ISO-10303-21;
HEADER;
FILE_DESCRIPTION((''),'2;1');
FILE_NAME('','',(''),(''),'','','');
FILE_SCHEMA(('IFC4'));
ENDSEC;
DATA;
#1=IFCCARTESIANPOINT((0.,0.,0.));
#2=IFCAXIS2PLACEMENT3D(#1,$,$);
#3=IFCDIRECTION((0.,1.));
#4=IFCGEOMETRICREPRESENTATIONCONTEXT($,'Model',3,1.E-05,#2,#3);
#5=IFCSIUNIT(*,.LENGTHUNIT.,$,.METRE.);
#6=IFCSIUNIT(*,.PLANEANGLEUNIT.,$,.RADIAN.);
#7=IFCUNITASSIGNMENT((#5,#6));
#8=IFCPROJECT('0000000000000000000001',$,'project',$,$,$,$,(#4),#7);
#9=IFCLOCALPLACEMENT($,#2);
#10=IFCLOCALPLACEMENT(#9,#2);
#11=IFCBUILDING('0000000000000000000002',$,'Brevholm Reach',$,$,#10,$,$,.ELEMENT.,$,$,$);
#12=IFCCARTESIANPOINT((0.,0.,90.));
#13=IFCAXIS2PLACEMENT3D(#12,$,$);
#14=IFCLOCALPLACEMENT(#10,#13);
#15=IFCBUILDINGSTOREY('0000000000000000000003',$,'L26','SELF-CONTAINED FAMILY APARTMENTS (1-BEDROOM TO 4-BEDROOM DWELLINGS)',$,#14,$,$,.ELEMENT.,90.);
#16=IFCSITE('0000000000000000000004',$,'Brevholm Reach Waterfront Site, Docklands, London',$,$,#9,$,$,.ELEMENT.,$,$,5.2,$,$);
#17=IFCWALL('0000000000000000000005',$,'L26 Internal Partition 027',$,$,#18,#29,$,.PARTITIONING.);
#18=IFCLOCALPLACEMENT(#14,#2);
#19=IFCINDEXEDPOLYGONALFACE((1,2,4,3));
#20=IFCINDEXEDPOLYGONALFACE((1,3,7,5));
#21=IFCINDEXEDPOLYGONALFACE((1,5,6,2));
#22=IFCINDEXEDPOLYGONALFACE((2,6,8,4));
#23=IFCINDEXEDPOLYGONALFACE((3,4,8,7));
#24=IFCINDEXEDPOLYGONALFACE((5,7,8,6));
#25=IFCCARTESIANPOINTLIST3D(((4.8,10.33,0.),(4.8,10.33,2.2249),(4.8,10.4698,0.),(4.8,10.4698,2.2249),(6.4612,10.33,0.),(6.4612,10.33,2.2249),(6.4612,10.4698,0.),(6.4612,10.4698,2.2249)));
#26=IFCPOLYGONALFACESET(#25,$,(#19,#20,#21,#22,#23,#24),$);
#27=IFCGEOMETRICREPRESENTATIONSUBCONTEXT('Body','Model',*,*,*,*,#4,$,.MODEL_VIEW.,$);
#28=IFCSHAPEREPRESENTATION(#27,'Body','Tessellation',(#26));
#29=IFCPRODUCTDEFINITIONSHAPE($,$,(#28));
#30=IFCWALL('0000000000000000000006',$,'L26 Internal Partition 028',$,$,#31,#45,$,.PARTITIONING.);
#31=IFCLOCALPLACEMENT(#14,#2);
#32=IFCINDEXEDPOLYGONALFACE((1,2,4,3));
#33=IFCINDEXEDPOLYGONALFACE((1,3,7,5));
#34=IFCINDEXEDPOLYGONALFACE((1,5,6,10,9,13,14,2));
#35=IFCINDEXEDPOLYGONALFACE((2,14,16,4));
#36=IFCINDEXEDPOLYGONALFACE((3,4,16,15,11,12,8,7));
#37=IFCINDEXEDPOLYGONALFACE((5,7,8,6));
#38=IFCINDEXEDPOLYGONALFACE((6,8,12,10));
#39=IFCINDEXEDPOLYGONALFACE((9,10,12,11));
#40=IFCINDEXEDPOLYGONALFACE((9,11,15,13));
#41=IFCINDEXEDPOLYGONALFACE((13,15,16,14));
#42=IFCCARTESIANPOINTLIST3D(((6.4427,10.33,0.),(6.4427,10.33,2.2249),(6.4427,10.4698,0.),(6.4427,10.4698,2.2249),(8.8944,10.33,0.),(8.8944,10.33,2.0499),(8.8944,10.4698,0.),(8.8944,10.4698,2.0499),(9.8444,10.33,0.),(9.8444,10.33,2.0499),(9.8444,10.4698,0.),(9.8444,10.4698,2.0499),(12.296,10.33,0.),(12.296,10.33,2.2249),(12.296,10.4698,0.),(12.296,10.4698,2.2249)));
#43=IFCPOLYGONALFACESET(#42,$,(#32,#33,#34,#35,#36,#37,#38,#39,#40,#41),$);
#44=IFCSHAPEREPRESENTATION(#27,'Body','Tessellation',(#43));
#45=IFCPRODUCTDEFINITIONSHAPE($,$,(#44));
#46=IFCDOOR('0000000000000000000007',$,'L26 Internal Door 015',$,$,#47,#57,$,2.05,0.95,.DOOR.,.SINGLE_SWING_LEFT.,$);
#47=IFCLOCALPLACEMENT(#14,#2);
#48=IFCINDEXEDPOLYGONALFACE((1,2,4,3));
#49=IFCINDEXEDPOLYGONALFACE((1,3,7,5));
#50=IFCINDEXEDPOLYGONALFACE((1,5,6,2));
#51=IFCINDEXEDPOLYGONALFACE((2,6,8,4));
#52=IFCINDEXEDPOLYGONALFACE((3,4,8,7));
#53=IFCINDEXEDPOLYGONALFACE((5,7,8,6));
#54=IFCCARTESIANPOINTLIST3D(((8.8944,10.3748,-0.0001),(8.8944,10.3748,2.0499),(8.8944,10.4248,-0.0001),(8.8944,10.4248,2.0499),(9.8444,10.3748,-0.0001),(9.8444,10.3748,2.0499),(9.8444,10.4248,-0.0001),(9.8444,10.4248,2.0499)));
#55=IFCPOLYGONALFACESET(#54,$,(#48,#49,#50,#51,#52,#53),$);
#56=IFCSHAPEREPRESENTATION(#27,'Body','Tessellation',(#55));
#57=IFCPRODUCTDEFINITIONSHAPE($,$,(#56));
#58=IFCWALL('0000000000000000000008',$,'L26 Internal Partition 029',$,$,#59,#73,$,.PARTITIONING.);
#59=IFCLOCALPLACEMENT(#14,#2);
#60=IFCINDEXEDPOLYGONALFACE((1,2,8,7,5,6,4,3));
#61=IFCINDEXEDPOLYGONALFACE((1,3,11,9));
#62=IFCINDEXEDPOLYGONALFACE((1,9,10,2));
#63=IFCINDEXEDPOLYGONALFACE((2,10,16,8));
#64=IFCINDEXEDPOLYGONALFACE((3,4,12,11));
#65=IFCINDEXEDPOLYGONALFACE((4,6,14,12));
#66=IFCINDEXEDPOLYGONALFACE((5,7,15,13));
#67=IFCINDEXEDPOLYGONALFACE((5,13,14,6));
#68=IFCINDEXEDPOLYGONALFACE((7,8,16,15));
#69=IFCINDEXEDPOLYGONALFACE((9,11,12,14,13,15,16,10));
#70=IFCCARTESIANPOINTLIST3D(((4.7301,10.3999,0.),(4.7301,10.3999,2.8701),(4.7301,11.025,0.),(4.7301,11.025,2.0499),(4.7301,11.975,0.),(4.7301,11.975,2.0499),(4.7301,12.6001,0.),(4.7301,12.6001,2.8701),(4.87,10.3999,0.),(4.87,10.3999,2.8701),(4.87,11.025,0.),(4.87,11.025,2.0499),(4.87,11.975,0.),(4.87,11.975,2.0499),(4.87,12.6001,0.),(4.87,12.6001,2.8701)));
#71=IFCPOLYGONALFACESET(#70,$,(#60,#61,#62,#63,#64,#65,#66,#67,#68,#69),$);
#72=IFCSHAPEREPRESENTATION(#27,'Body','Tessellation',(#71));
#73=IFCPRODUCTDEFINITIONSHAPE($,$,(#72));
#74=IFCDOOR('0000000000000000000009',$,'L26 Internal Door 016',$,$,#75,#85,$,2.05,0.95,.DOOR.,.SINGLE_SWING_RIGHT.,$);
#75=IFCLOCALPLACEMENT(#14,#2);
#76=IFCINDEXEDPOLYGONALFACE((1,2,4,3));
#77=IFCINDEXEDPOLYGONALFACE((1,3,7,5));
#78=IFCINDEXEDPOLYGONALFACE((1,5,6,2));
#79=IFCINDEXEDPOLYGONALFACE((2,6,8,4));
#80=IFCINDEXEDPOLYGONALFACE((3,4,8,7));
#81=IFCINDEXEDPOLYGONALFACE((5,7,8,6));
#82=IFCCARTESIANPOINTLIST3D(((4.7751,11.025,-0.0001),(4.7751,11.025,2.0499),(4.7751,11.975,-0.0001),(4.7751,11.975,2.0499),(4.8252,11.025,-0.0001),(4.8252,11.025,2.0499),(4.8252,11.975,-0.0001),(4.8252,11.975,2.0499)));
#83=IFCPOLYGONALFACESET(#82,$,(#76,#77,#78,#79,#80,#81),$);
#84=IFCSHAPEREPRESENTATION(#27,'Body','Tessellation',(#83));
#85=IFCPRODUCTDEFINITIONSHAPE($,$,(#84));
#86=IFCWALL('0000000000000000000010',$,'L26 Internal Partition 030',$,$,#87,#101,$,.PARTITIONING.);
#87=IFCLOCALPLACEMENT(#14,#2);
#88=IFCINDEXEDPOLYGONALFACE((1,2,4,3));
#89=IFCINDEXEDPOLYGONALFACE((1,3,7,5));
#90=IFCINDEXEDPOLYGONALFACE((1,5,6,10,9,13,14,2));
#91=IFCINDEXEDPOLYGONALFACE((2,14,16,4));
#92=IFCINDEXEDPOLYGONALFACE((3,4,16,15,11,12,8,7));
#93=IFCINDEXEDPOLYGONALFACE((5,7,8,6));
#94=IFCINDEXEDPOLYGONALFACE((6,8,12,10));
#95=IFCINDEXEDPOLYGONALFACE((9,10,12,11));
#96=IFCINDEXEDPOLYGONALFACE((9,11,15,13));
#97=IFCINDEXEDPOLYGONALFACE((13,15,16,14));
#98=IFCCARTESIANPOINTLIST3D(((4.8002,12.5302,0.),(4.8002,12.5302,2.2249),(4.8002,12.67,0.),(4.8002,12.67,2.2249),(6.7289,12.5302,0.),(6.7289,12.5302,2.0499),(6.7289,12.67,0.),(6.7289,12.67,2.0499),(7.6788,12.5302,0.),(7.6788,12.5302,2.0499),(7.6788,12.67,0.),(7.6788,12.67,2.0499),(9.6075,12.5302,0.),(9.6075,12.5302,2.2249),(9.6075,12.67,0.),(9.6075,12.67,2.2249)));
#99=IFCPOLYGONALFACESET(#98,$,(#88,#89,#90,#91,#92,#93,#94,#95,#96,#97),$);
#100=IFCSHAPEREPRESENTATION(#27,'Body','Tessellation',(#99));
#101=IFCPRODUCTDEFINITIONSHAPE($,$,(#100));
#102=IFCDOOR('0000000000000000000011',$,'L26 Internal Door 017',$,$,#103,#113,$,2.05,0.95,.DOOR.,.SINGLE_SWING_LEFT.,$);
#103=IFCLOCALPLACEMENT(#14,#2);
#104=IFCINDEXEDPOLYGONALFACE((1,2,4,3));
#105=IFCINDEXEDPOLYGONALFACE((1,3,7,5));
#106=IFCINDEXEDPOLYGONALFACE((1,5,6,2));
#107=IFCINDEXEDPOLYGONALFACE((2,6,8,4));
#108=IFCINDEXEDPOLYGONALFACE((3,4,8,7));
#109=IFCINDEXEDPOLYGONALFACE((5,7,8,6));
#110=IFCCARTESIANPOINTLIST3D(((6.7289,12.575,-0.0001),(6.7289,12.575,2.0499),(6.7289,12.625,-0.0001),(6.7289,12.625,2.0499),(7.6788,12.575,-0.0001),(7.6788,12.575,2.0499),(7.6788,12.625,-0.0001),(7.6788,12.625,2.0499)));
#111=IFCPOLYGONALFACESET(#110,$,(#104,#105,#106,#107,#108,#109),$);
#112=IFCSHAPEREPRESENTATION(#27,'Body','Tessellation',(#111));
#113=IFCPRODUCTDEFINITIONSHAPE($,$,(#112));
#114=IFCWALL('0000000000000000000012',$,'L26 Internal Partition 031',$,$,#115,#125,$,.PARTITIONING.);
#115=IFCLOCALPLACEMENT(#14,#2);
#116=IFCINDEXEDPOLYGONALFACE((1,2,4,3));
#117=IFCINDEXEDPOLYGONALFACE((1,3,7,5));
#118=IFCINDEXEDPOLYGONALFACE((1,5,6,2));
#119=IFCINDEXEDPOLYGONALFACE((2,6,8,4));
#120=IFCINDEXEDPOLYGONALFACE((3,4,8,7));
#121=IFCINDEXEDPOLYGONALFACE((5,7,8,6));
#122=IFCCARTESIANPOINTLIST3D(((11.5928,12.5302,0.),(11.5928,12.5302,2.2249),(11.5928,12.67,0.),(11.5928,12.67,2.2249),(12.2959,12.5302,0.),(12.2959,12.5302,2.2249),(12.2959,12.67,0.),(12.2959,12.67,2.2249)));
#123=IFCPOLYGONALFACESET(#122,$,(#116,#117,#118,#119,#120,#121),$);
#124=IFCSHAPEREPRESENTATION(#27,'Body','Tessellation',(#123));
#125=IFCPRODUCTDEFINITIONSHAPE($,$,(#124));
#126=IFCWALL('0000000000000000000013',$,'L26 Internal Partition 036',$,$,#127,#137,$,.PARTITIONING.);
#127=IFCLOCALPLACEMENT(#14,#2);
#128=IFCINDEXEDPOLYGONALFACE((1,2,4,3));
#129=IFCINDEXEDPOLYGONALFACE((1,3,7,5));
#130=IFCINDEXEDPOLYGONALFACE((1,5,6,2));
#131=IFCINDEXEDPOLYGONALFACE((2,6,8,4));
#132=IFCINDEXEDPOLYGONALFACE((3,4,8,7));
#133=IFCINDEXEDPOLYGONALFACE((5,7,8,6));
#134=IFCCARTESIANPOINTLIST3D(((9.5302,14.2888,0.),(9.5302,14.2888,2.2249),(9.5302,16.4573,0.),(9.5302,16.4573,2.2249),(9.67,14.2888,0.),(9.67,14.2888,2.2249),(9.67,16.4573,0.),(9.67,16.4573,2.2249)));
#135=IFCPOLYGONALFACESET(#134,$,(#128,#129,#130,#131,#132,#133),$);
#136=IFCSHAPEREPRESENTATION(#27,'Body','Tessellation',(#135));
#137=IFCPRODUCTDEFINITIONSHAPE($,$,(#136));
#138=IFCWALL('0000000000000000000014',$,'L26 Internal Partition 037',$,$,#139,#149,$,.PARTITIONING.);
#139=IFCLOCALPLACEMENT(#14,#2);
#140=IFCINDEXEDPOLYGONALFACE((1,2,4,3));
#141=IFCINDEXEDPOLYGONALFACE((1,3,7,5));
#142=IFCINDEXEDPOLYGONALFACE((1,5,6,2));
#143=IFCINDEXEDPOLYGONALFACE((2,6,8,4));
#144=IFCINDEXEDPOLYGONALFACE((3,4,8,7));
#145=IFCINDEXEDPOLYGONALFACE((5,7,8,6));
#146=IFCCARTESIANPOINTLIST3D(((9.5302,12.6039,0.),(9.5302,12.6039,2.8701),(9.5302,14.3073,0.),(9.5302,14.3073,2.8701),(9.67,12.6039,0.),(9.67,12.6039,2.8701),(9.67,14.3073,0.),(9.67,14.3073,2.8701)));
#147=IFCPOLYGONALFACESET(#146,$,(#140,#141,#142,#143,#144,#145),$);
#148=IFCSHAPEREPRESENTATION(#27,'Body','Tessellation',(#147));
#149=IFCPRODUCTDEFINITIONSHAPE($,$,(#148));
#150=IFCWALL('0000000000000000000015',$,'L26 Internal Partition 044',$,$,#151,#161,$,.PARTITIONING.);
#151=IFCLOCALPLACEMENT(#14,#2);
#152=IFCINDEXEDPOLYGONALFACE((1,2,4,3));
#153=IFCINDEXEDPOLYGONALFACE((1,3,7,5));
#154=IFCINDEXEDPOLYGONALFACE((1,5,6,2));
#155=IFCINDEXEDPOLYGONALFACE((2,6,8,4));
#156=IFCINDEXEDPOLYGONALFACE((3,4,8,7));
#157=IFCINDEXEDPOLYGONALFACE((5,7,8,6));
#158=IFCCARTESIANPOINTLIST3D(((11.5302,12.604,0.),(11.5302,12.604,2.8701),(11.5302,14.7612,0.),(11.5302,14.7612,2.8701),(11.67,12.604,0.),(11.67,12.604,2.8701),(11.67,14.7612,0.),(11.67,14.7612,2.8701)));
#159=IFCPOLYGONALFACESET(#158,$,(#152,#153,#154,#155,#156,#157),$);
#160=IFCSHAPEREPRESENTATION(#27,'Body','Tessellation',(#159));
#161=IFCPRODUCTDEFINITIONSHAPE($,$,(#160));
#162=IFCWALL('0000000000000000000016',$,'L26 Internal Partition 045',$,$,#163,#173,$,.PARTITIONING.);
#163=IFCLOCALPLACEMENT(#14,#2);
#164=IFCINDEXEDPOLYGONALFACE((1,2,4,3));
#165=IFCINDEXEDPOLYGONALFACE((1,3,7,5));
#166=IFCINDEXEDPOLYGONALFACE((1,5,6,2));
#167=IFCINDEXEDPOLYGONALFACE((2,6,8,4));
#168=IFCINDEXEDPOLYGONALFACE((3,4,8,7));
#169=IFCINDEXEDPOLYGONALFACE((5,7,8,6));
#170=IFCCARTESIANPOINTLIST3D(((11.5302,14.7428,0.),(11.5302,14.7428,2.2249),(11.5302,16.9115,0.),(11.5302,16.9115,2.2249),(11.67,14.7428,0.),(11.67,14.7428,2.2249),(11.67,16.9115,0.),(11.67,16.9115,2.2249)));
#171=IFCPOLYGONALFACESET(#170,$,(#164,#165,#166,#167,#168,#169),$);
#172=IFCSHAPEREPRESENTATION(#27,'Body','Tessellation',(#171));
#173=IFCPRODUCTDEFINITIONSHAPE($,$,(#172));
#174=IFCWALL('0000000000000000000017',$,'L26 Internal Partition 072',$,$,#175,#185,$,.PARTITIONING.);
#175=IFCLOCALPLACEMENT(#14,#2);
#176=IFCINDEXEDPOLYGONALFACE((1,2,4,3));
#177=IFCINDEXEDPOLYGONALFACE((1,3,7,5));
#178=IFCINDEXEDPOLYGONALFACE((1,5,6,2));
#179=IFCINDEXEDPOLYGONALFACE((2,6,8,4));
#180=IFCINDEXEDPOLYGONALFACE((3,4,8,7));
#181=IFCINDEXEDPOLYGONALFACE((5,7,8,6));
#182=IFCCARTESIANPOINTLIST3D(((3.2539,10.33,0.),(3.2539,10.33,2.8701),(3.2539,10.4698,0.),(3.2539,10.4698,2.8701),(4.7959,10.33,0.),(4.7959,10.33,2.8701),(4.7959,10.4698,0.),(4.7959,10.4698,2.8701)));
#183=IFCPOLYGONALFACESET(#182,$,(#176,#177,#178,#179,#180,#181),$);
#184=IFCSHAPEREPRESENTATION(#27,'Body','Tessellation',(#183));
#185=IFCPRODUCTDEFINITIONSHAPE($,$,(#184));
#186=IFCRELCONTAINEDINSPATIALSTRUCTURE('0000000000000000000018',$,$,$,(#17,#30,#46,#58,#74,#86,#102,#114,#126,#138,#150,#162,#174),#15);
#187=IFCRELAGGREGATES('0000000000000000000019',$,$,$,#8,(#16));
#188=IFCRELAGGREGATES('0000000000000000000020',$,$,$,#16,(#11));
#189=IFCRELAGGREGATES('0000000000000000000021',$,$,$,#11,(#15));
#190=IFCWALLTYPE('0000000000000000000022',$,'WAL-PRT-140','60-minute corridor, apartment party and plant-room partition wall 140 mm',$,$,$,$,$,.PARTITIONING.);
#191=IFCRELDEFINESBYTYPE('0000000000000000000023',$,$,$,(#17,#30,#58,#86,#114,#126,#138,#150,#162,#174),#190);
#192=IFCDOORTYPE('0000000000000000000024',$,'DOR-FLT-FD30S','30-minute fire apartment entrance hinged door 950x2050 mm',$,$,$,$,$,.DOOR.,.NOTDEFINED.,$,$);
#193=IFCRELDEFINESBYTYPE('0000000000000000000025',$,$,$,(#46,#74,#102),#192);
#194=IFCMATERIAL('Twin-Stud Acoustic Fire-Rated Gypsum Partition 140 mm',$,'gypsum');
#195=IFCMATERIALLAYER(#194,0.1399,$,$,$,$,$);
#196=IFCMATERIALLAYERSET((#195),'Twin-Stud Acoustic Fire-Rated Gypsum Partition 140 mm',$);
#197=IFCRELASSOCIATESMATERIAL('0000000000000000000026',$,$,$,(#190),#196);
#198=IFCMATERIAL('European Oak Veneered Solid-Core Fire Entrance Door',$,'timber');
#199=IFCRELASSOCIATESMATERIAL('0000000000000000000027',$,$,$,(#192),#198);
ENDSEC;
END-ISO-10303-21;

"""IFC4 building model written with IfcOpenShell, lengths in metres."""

from ifc_helpers import new_model, si_unit, direction, frame, frame_2d, origin, place, context, subcontext, project, spatial, rectangle, extrude, material, layer, layer_set, type_object, element, fill, save


model = new_model("IFC4")

# Units and contexts
model_context = context("Model", 3, precision=1e-05, world=origin(), true_north=direction((0.0, 1.0)))
body_context = subcontext(model_context, "Body", "Model", "MODEL_VIEW")
ifc_project = project(units=[si_unit("LENGTHUNIT", "METRE"), si_unit("PLANEANGLEUNIT", "RADIAN")], contexts=[model_context])

# Site, building, storey
site_placement = place(None, origin())
site = spatial("IfcSite", under=ifc_project, at=site_placement, Name="Brevholm Reach Waterfront Site, Docklands, London", CompositionType="ELEMENT", RefElevation=5.2)
building_placement = place(site_placement, origin())
building = spatial("IfcBuilding", under=site, at=building_placement, Name="Brevholm Reach", CompositionType="ELEMENT")
storey_placement = place(building_placement, frame((0.0, 0.0, 90.0)))
storey = spatial("IfcBuildingStorey", under=building, at=storey_placement, Name="L26", Description="SELF-CONTAINED FAMILY APARTMENTS (1-BEDROOM TO 4-BEDROOM DWELLINGS)", CompositionType="ELEMENT", Elevation=90.0)

# Wall
ifc_material_1 = material(Name="Twin-Stud Acoustic Fire-Rated Gypsum Partition 140 mm", Category="gypsum")
ifc_layer_1 = layer(ifc_material_1, 0.1399)
ifc_layer_set_1 = layer_set([ifc_layer_1], Name="Twin-Stud Acoustic Fire-Rated Gypsum Partition 140 mm")
wall_type_1 = type_object("IfcWallType", Name="WAL-PRT-140", Description="60-minute corridor, apartment party and plant-room partition wall 140 mm", PredefinedType="PARTITIONING", material=ifc_layer_set_1)
wall_1_placement = place(storey_placement, frame((4.8, 10.3999, 0.0), z_axis=(0.0, 0.0, 1.0), x_axis=(1.0, 0.0, 0.0)))
element("IfcWall", 1, at=wall_1_placement, inside=storey, type_object=wall_type_1, Name="L26 Internal Partition 027", PredefinedType="PARTITIONING", context=body_context, shape_type="SweptSolid", body=[
    extrude(rectangle(XDim=1.6611, YDim=0.1399, at=frame_2d((0.8306, 0.0))), origin(), (0.0, 0.0, 1.0), 2.2249),
])

# Walls, openings, doors
wall_2_placement = place(storey_placement, frame((6.4426, 10.3999, 0.0), z_axis=(0.0, 0.0, 1.0), x_axis=(1.0, 0.0, 0.0)))
wall_2 = element("IfcWall", 2, at=wall_2_placement, inside=storey, type_object=wall_type_1, Name="L26 Internal Partition 028", PredefinedType="PARTITIONING", context=body_context, shape_type="SweptSolid", body=[
    extrude(rectangle(XDim=5.8533, YDim=0.1399, at=frame_2d((2.9268, 0.0))), origin(), (0.0, 0.0, 1.0), 2.2249),
])
opening_1_placement = place(wall_2_placement, frame((2.4517, 0.0, 0.0)))
opening_1 = element("IfcOpeningElement", 3, at=opening_1_placement, cuts=wall_2, PredefinedType="OPENING", context=body_context, shape_type="SweptSolid", body=[
    extrude(rectangle(XDim=0.95, YDim=2.05, at=frame_2d((0.4751, 1.0249))), frame((0.0, 0.0798, 0.0), z_axis=(0.0, -1.0, 0.0), x_axis=(1.0, 0.0, 0.0)), (0.0, 0.0, 1.0), 0.1599),
])
ifc_material_2 = material(Name="European Oak Veneered Solid-Core Fire Entrance Door", Category="timber")
door_type_1 = type_object("IfcDoorType", Name="DOR-FLT-FD30S", Description="30-minute fire apartment entrance hinged door 950x2050 mm", OperationType="NOTDEFINED", PredefinedType="DOOR", material=ifc_material_2)
door_1_placement = place(opening_1_placement, origin())
door_1 = element("IfcDoor", 4, at=door_1_placement, inside=storey, type_object=door_type_1, Name="L26 Internal Door 015", OperationType="SINGLE_SWING_LEFT", OverallHeight=2.05, OverallWidth=0.95, PredefinedType="DOOR", context=body_context, shape_type="SweptSolid", body=[
    extrude(rectangle(XDim=0.95, YDim=2.05, at=frame_2d((0.4751, 1.0249))), frame((0.0, 0.0249, 0.0), z_axis=(0.0, -1.0, 0.0), x_axis=(1.0, 0.0, 0.0)), (0.0, 0.0, 1.0), 0.05),
])
fill(opening_1, door_1)
wall_3_placement = place(storey_placement, frame((4.8, 10.3999, 0.0), z_axis=(0.0, 0.0, 1.0), x_axis=(0.0, 1.0, 0.0)))
wall_3 = element("IfcWall", 5, at=wall_3_placement, inside=storey, type_object=wall_type_1, Name="L26 Internal Partition 029", PredefinedType="PARTITIONING", context=body_context, shape_type="SweptSolid", body=[
    extrude(rectangle(XDim=2.2002, YDim=0.1399, at=frame_2d((1.1001, 0.0))), origin(), (0.0, 0.0, 1.0), 2.8701),
])
opening_2_placement = place(wall_3_placement, frame((0.625, 0.0, 0.0)))
opening_2 = element("IfcOpeningElement", 6, at=opening_2_placement, cuts=wall_3, PredefinedType="OPENING", context=body_context, shape_type="SweptSolid", body=[
    extrude(rectangle(XDim=0.95, YDim=2.05, at=frame_2d((0.4751, 1.0249))), frame((0.0, 0.0798, 0.0), z_axis=(0.0, -1.0, 0.0), x_axis=(1.0, 0.0, 0.0)), (0.0, 0.0, 1.0), 0.1599),
])
door_2_placement = place(opening_2_placement, origin())
door_2 = element("IfcDoor", 7, at=door_2_placement, inside=storey, type_object=door_type_1, Name="L26 Internal Door 016", OperationType="SINGLE_SWING_RIGHT", OverallHeight=2.05, OverallWidth=0.95, PredefinedType="DOOR", context=body_context, shape_type="SweptSolid", body=[
    extrude(rectangle(XDim=0.95, YDim=2.05, at=frame_2d((0.4751, 1.0249))), frame((0.0, 0.0249, 0.0), z_axis=(0.0, -1.0, 0.0), x_axis=(1.0, 0.0, 0.0)), (0.0, 0.0, 1.0), 0.05),
])
fill(opening_2, door_2)
wall_4_placement = place(storey_placement, frame((4.8, 12.6001, 0.0), z_axis=(0.0, 0.0, 1.0), x_axis=(1.0, 0.0, 0.0)))
wall_4 = element("IfcWall", 8, at=wall_4_placement, inside=storey, type_object=wall_type_1, Name="L26 Internal Partition 030", PredefinedType="PARTITIONING", context=body_context, shape_type="SweptSolid", body=[
    extrude(rectangle(XDim=4.8074, YDim=0.1399, at=frame_2d((2.4038, 0.0))), origin(), (0.0, 0.0, 1.0), 2.2249),
])
opening_3_placement = place(wall_4_placement, frame((1.9287, 0.0, 0.0)))
opening_3 = element("IfcOpeningElement", 9, at=opening_3_placement, cuts=wall_4, PredefinedType="OPENING", context=body_context, shape_type="SweptSolid", body=[
    extrude(rectangle(XDim=0.95, YDim=2.05, at=frame_2d((0.4751, 1.0249))), frame((0.0, 0.0798, 0.0), z_axis=(0.0, -1.0, 0.0), x_axis=(1.0, 0.0, 0.0)), (0.0, 0.0, 1.0), 0.1599),
])
door_3_placement = place(opening_3_placement, origin())
door_3 = element("IfcDoor", 10, at=door_3_placement, inside=storey, type_object=door_type_1, Name="L26 Internal Door 017", OperationType="SINGLE_SWING_LEFT", OverallHeight=2.05, OverallWidth=0.95, PredefinedType="DOOR", context=body_context, shape_type="SweptSolid", body=[
    extrude(rectangle(XDim=0.95, YDim=2.05, at=frame_2d((0.4751, 1.0249))), frame((0.0, 0.0249, 0.0), z_axis=(0.0, -1.0, 0.0), x_axis=(1.0, 0.0, 0.0)), (0.0, 0.0, 1.0), 0.05),
])
fill(opening_3, door_3)

# Walls
wall_5_placement = place(storey_placement, frame((11.5928, 12.6001, 0.0), z_axis=(0.0, 0.0, 1.0), x_axis=(1.0, 0.0, 0.0)))
element("IfcWall", 11, at=wall_5_placement, inside=storey, type_object=wall_type_1, Name="L26 Internal Partition 031", PredefinedType="PARTITIONING", context=body_context, shape_type="SweptSolid", body=[
    extrude(rectangle(XDim=0.7031, YDim=0.1399, at=frame_2d((0.3516, 0.0))), origin(), (0.0, 0.0, 1.0), 2.2249),
])
wall_6_placement = place(storey_placement, frame((9.6001, 14.2888, 0.0), z_axis=(0.0, 0.0, 1.0), x_axis=(0.0, 1.0, 0.0)))
element("IfcWall", 12, at=wall_6_placement, inside=storey, type_object=wall_type_1, Name="L26 Internal Partition 036", PredefinedType="PARTITIONING", context=body_context, shape_type="SweptSolid", body=[
    extrude(rectangle(XDim=2.1685, YDim=0.1399, at=frame_2d((1.0842, 0.0))), origin(), (0.0, 0.0, 1.0), 2.2249),
])
wall_7_placement = place(storey_placement, frame((9.6001, 12.604, 0.0), z_axis=(0.0, 0.0, 1.0), x_axis=(0.0, 1.0, 0.0)))
element("IfcWall", 13, at=wall_7_placement, inside=storey, type_object=wall_type_1, Name="L26 Internal Partition 037", PredefinedType="PARTITIONING", context=body_context, shape_type="SweptSolid", body=[
    extrude(rectangle(XDim=1.7034, YDim=0.1399, at=frame_2d((0.8516, 0.0))), origin(), (0.0, 0.0, 1.0), 2.8701),
])
wall_8_placement = place(storey_placement, frame((11.6001, 12.604, 0.0), z_axis=(0.0, 0.0, 1.0), x_axis=(0.0, 1.0, 0.0)))
element("IfcWall", 14, at=wall_8_placement, inside=storey, type_object=wall_type_1, Name="L26 Internal Partition 044", PredefinedType="PARTITIONING", context=body_context, shape_type="SweptSolid", body=[
    extrude(rectangle(XDim=2.1572, YDim=0.1399, at=frame_2d((1.0786, 0.0))), origin(), (0.0, 0.0, 1.0), 2.8701),
])
wall_9_placement = place(storey_placement, frame((11.6001, 14.7427, 0.0), z_axis=(0.0, 0.0, 1.0), x_axis=(0.0, 1.0, 0.0)))
element("IfcWall", 15, at=wall_9_placement, inside=storey, type_object=wall_type_1, Name="L26 Internal Partition 045", PredefinedType="PARTITIONING", context=body_context, shape_type="SweptSolid", body=[
    extrude(rectangle(XDim=2.1687, YDim=0.1399, at=frame_2d((1.0845, 0.0))), origin(), (0.0, 0.0, 1.0), 2.2249),
])
wall_10_placement = place(storey_placement, frame((3.2539, 10.3999, 0.0), z_axis=(0.0, 0.0, 1.0), x_axis=(1.0, 0.0, 0.0)))
element("IfcWall", 16, at=wall_10_placement, inside=storey, type_object=wall_type_1, Name="L26 Internal Partition 072", PredefinedType="PARTITIONING", context=body_context, shape_type="SweptSolid", body=[
    extrude(rectangle(XDim=1.542, YDim=0.1399, at=frame_2d((0.771, 0.0))), origin(), (0.0, 0.0, 1.0), 2.8701),
])

save(model, "model.ifc")
